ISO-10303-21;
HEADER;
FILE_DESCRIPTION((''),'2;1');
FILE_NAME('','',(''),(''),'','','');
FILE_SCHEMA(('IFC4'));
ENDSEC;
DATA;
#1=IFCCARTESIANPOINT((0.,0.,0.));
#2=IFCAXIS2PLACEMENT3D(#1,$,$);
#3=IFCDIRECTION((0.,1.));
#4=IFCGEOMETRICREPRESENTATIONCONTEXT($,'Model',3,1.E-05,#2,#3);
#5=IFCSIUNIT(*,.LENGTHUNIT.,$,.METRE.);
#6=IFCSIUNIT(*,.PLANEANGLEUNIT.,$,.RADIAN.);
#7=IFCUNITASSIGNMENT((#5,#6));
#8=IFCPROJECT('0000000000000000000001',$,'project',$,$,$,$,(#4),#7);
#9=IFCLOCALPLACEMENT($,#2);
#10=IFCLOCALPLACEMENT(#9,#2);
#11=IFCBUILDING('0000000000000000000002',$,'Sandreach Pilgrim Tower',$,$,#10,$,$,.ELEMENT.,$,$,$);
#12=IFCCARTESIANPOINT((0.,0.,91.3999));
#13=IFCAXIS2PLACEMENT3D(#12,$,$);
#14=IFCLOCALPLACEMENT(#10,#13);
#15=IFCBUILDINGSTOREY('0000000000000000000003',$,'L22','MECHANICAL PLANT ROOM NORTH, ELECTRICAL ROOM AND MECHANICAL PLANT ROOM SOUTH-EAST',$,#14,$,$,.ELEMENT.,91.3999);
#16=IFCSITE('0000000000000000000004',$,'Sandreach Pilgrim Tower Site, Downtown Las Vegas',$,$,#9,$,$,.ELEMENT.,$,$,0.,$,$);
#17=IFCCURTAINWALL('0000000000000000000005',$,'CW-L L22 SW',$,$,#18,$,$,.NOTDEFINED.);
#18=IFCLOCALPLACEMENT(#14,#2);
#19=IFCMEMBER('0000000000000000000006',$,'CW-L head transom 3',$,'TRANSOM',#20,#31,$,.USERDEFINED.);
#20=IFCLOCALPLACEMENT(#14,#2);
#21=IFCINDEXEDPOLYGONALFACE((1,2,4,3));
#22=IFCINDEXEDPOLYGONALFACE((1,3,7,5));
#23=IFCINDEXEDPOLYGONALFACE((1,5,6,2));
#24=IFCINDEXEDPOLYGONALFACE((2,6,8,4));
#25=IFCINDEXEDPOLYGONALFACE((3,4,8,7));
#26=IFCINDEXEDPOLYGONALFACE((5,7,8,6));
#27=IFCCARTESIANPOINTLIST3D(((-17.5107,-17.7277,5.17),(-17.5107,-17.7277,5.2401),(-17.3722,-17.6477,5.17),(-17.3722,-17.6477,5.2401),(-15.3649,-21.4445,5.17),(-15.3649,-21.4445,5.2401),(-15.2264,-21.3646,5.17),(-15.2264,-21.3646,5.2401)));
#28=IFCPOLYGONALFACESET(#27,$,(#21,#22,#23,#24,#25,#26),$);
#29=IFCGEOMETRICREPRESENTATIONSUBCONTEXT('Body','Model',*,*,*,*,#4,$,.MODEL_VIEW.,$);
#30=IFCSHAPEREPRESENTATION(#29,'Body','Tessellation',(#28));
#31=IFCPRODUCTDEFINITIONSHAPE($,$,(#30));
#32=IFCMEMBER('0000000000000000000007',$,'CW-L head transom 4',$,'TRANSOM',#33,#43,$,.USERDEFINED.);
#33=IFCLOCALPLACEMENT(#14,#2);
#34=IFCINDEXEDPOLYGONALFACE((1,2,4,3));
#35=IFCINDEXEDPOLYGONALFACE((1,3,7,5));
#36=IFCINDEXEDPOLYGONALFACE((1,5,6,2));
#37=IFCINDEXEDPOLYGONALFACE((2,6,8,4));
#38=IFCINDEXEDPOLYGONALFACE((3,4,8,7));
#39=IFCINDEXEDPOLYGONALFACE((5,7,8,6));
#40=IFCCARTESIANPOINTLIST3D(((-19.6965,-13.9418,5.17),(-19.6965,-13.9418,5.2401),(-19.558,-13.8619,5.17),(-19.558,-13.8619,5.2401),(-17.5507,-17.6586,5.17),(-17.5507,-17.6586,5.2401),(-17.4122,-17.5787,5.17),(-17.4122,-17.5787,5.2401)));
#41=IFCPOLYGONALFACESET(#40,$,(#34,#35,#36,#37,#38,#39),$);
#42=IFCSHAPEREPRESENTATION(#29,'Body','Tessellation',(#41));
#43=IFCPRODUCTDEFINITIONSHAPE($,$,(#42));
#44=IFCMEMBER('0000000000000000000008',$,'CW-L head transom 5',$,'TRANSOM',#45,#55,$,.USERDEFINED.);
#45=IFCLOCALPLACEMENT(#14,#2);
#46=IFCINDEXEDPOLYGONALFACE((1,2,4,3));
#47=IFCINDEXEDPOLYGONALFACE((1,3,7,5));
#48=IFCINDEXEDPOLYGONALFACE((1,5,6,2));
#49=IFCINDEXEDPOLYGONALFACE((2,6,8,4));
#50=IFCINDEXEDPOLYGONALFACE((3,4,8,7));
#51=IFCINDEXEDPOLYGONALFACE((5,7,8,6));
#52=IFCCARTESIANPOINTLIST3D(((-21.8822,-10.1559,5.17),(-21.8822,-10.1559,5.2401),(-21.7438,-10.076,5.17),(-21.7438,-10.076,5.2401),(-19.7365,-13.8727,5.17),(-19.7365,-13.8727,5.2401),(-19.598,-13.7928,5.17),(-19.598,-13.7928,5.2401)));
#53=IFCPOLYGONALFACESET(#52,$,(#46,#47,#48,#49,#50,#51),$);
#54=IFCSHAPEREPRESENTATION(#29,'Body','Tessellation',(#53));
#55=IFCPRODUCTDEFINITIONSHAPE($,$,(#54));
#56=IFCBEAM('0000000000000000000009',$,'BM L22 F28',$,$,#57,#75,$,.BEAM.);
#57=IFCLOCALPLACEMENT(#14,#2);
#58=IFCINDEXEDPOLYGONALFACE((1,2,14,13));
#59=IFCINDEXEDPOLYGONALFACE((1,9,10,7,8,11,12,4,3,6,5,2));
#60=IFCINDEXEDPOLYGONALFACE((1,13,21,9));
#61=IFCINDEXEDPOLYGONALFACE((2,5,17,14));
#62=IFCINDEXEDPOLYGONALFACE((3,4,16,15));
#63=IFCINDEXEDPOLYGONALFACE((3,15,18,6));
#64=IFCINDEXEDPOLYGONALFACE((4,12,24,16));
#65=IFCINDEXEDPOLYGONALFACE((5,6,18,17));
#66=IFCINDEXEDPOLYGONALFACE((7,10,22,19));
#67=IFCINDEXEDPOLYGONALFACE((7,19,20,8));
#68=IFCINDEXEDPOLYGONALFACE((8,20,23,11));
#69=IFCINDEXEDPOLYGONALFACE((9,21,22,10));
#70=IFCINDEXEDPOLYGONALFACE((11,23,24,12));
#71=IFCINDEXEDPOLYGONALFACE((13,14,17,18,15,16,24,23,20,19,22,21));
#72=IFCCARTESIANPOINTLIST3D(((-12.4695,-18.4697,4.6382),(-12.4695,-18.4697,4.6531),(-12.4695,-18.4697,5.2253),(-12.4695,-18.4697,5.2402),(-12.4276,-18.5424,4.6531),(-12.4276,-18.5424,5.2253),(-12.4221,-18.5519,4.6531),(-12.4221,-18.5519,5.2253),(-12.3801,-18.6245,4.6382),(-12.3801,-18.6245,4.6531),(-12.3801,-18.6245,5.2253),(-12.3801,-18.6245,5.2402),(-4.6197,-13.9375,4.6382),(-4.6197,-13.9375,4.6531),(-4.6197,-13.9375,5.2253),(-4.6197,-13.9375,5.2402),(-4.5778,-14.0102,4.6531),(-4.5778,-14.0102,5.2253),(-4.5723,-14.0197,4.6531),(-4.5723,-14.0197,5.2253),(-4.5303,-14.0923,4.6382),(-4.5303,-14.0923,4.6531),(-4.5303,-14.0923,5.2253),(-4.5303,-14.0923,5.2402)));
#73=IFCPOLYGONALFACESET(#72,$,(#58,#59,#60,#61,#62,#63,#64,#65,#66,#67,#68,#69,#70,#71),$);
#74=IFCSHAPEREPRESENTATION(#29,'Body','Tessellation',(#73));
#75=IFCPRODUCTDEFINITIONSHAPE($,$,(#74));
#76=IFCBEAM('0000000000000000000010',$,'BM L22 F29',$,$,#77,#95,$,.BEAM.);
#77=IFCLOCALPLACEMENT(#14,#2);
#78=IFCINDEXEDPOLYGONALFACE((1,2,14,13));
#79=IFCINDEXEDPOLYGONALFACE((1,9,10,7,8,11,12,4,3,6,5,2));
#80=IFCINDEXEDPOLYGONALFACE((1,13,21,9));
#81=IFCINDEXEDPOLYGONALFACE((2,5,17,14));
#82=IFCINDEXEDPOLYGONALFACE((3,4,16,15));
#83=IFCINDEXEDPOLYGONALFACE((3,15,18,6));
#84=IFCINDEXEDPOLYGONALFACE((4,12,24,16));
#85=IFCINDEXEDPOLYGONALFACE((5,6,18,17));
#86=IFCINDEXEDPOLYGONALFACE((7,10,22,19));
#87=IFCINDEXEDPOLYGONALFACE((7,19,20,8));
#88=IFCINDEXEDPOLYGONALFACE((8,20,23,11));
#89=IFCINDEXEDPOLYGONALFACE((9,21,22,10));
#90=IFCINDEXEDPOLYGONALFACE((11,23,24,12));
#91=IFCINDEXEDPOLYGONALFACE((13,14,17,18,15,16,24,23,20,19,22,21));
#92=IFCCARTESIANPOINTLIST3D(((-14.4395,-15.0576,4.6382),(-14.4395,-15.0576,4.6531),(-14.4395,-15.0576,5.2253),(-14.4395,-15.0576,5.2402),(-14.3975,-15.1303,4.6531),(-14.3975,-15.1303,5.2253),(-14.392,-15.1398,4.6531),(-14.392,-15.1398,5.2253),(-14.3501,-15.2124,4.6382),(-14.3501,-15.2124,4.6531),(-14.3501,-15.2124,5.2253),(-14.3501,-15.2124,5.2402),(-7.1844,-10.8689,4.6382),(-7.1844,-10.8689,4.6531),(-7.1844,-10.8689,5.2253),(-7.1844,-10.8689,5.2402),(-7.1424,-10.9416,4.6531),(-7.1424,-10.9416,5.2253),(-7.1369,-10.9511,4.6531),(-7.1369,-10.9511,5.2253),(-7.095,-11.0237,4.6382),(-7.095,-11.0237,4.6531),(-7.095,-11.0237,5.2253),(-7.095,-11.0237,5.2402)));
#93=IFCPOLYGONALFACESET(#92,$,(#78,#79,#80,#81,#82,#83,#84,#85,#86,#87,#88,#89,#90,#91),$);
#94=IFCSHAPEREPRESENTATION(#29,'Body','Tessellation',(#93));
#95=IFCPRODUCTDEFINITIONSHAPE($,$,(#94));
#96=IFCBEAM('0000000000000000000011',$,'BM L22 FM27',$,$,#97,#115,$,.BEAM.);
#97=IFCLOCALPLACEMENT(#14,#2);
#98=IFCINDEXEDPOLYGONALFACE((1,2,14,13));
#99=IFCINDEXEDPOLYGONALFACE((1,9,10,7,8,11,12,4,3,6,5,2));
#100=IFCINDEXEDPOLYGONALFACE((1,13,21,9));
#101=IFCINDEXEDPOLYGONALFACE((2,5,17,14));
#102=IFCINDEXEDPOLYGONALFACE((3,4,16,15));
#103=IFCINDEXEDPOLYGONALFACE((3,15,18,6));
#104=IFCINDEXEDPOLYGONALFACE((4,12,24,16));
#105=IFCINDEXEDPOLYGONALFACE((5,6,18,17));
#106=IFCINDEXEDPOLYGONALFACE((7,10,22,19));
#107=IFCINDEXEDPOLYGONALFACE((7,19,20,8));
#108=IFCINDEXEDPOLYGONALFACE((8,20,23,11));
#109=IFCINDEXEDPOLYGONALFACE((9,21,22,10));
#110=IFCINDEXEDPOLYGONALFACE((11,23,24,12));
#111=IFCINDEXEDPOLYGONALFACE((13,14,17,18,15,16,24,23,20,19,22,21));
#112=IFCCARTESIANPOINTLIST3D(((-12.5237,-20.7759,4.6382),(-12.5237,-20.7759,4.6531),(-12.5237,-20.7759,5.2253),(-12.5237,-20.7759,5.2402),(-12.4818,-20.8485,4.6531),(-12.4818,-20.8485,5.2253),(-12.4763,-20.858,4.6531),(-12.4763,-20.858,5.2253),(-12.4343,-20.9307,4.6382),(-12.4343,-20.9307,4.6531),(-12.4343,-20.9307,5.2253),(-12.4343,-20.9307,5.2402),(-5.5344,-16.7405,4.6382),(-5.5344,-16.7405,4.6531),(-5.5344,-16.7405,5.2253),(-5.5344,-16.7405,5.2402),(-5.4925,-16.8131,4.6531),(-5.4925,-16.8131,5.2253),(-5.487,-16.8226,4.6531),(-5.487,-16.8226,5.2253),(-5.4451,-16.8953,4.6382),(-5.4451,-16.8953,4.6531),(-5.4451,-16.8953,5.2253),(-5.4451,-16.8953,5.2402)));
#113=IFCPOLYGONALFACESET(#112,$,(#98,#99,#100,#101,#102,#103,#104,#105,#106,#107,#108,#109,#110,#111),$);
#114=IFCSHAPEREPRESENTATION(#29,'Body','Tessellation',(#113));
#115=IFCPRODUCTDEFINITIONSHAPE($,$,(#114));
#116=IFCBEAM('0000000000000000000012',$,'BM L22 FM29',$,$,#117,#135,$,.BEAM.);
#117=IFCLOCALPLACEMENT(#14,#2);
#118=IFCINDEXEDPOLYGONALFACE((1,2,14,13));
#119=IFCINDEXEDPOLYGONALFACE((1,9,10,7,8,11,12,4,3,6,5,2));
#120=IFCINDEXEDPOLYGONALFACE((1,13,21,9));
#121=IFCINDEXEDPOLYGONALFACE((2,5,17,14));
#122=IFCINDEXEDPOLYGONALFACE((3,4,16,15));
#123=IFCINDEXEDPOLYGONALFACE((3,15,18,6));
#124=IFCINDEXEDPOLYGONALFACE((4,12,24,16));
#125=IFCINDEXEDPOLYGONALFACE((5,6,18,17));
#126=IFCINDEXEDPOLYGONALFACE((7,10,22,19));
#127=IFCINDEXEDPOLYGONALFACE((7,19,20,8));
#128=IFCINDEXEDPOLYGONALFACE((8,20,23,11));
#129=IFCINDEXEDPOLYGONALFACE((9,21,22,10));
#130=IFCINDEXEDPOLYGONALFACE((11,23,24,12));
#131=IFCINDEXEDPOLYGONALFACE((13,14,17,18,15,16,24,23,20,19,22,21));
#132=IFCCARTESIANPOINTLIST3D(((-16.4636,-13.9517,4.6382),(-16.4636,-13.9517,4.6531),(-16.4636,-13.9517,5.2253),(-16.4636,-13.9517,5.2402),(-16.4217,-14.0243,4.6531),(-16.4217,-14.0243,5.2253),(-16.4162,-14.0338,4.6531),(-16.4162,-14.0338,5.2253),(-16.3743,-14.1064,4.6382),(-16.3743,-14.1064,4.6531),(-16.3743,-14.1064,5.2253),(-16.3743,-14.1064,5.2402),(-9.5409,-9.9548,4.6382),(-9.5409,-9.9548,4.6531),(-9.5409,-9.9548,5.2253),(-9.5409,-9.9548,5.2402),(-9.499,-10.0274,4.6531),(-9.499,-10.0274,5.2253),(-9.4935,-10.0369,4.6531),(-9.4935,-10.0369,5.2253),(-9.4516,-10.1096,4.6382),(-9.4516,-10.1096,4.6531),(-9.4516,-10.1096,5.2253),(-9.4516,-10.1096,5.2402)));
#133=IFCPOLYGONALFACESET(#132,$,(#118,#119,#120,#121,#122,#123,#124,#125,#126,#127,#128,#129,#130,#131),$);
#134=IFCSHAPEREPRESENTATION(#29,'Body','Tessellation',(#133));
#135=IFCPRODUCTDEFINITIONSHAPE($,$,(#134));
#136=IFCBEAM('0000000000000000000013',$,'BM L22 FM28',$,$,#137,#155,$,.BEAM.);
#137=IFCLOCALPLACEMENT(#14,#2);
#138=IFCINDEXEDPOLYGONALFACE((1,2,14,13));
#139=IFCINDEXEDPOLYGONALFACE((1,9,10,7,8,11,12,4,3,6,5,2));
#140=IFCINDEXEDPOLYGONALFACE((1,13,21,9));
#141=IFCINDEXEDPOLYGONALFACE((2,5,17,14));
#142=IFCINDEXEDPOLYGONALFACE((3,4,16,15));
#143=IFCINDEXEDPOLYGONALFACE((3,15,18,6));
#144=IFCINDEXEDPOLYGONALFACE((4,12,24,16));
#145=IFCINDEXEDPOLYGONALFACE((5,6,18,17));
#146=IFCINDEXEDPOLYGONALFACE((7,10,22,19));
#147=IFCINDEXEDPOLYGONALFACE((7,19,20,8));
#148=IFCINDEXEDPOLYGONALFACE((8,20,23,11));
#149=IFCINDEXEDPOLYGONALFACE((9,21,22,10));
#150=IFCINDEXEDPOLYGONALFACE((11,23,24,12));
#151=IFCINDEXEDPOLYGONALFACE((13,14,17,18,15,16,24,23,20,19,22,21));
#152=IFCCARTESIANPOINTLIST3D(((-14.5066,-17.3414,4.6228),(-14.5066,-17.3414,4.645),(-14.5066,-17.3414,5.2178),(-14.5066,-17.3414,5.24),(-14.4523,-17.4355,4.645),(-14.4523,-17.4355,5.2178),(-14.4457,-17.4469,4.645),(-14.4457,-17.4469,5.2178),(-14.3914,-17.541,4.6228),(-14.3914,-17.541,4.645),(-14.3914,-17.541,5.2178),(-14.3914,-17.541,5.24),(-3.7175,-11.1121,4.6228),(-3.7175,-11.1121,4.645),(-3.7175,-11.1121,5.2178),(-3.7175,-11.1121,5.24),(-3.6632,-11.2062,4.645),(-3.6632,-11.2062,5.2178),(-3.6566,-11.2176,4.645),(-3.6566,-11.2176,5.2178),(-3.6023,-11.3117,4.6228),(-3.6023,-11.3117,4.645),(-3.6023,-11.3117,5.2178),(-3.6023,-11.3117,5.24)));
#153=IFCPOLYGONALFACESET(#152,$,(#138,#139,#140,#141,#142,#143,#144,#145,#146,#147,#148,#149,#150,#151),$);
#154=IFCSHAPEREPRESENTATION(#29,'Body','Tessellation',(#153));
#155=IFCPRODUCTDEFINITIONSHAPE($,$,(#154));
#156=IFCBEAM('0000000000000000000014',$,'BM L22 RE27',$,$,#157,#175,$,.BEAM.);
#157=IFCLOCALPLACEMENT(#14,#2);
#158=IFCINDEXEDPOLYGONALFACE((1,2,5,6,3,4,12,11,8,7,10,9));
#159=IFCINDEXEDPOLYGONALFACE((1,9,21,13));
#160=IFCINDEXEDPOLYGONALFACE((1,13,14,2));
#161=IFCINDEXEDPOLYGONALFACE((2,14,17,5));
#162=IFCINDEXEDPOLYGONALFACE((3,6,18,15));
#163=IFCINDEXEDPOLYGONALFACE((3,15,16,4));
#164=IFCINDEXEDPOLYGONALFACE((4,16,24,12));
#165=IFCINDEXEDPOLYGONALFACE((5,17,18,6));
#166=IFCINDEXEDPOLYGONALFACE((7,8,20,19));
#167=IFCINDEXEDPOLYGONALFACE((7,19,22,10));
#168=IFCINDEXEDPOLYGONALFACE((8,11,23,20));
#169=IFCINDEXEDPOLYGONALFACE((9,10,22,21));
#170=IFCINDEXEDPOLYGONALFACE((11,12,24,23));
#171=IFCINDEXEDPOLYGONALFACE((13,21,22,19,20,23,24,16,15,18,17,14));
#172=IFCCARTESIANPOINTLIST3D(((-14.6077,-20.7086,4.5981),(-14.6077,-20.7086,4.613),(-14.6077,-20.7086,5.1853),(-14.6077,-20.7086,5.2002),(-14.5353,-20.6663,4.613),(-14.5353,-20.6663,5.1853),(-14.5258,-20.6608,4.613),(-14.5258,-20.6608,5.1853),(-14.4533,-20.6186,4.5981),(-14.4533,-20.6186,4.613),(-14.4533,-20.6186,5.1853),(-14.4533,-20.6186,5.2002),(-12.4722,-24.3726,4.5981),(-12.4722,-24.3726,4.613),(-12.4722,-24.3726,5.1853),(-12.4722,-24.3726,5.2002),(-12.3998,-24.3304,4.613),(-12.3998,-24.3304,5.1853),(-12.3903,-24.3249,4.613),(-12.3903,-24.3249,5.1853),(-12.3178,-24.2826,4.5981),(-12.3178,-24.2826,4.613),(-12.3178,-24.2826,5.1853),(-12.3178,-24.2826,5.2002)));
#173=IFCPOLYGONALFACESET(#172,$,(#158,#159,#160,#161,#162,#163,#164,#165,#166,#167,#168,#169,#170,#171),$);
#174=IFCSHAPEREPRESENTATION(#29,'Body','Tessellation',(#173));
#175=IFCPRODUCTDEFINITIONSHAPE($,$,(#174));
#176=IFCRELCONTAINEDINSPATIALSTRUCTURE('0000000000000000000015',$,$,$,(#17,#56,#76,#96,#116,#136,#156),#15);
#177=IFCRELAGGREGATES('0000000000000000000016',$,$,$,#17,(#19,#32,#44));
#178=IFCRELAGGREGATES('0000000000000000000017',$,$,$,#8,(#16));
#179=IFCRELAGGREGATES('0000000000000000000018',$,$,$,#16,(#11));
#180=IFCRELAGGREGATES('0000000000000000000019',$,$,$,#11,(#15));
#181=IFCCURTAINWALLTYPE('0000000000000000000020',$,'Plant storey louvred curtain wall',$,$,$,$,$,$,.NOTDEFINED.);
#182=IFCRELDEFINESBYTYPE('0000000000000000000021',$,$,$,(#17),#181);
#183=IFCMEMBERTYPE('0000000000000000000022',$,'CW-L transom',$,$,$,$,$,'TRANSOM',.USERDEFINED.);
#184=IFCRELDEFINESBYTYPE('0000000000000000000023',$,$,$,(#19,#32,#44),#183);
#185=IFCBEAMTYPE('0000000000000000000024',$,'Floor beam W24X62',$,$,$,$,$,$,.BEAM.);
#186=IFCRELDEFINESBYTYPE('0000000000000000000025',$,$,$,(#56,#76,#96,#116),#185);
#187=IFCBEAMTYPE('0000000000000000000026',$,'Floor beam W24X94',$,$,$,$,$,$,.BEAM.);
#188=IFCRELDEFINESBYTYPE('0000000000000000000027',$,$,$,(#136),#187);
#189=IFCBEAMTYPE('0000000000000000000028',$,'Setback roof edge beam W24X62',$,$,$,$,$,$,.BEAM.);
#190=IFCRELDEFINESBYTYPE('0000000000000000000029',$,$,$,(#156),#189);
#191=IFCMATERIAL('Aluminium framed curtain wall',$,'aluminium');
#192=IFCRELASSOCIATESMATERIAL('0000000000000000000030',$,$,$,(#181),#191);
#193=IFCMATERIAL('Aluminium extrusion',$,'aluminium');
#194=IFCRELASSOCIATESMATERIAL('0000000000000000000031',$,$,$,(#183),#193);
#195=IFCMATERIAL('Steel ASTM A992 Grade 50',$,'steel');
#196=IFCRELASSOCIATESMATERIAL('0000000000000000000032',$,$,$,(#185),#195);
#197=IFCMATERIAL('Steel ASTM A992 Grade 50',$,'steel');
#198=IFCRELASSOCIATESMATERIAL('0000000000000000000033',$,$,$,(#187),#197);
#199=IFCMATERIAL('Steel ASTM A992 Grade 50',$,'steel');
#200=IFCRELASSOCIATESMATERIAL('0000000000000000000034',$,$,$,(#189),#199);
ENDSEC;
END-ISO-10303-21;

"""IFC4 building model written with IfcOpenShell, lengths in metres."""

from ifc_helpers import new_model, si_unit, direction, frame, origin, origin_2d, place, context, subcontext, project, spatial, rectangle, i_section, extrude, material, material_profile, profile_set, type_object, element, aggregate, save


model = new_model("IFC4")

# Units and contexts
model_context = context("Model", 3, precision=1e-05, world=origin(), true_north=direction((0.0, 1.0)))
body_context = subcontext(model_context, "Body", "Model", "MODEL_VIEW")
ifc_project = project(units=[si_unit("LENGTHUNIT", "METRE"), si_unit("PLANEANGLEUNIT", "RADIAN")], contexts=[model_context])

# Site, building, storey
site_placement = place(None, origin())
site = spatial("IfcSite", under=ifc_project, at=site_placement, Name="Sandreach Pilgrim Tower Site, Downtown Las Vegas", CompositionType="ELEMENT", RefElevation=0.0)
building_placement = place(site_placement, origin())
building = spatial("IfcBuilding", under=site, at=building_placement, Name="Sandreach Pilgrim Tower", CompositionType="ELEMENT")
storey_placement = place(building_placement, frame((0.0, 0.0, 91.3999)))
storey = spatial("IfcBuildingStorey", under=building, at=storey_placement, Name="L22", Description="MECHANICAL PLANT ROOM NORTH, ELECTRICAL ROOM AND MECHANICAL PLANT ROOM SOUTH-EAST", CompositionType="ELEMENT", Elevation=91.3999)

# Curtain wall, members
ifc_material_1 = material(Name="Aluminium framed curtain wall", Category="aluminium")
curtain_wall_type = type_object("IfcCurtainWallType", Name="Plant storey louvred curtain wall", PredefinedType="NOTDEFINED", material=ifc_material_1)
curtain_wall_placement = place(storey_placement, origin())
curtain_wall = element("IfcCurtainWall", 1, at=curtain_wall_placement, inside=storey, type_object=curtain_wall_type, Name="CW-L L22 SW", PredefinedType="NOTDEFINED")
ifc_material_2 = material(Name="Aluminium extrusion", Category="aluminium")
ifc_material_profile_1 = material_profile(ifc_material_2, rectangle(XDim=0.1599, YDim=0.0701, at=origin_2d()), Name="CW-LT 160X70")
ifc_profile_set_1 = profile_set([ifc_material_profile_1], Name="Aluminium extrusion")
member_type_1 = type_object("IfcMemberType", Name="CW-L transom", ElementType="TRANSOM", PredefinedType="USERDEFINED", material=ifc_profile_set_1)
member_1_placement = place(storey_placement, frame((-15.2957, -21.4045, 5.2051), z_axis=(-0.499975, 0.86604, 0.0), x_axis=(-0.86604, -0.499975, 0.0)))
member_1 = element("IfcMember", 2, at=member_1_placement, type_object=member_type_1, Name="CW-L head transom 3", ObjectType="TRANSOM", PredefinedType="USERDEFINED", context=body_context, shape_type="SweptSolid", body=[
    extrude(rectangle(XDim=0.1599, YDim=0.0701, at=origin_2d()), origin(), (0.0, 0.0, 1.0), 4.2917),
])
member_2_placement = place(storey_placement, frame((-17.4814, -17.6187, 5.2051), z_axis=(-0.499975, 0.86604, 0.0), x_axis=(-0.86604, -0.499975, 0.0)))
member_2 = element("IfcMember", 3, at=member_2_placement, type_object=member_type_1, Name="CW-L head transom 4", ObjectType="TRANSOM", PredefinedType="USERDEFINED", context=body_context, shape_type="SweptSolid", body=[
    extrude(rectangle(XDim=0.1599, YDim=0.0701, at=origin_2d()), origin(), (0.0, 0.0, 1.0), 4.2917),
])
member_3_placement = place(storey_placement, frame((-19.6672, -13.8328, 5.2051), z_axis=(-0.499975, 0.86604, 0.0), x_axis=(-0.86604, -0.499975, 0.0)))
member_3 = element("IfcMember", 4, at=member_3_placement, type_object=member_type_1, Name="CW-L head transom 5", ObjectType="TRANSOM", PredefinedType="USERDEFINED", context=body_context, shape_type="SweptSolid", body=[
    extrude(rectangle(XDim=0.1599, YDim=0.0701, at=origin_2d()), origin(), (0.0, 0.0, 1.0), 4.2917),
])

# Beams
ifc_material_3 = material(Name="Steel ASTM A992 Grade 50", Category="steel")
ifc_material_profile_2 = material_profile(ifc_material_3, i_section(OverallWidth=0.1787, OverallDepth=0.6021, WebThickness=0.011, FlangeThickness=0.0149, at=origin_2d()), Name="W24X62")
ifc_profile_set_2 = profile_set([ifc_material_profile_2], Name="Steel ASTM A992 Grade 50")
beam_type_1 = type_object("IfcBeamType", Name="Floor beam W24X62", PredefinedType="BEAM", material=ifc_profile_set_2)
beam_1_placement = place(storey_placement, frame((-12.4248, -18.5471, 4.9392), z_axis=(0.86602, 0.500009, 0.0), x_axis=(-0.500009, 0.86602, 0.0)))
element("IfcBeam", 5, at=beam_1_placement, inside=storey, type_object=beam_type_1, Name="BM L22 F28", PredefinedType="BEAM", context=body_context, shape_type="SweptSolid", body=[
    extrude(i_section(OverallWidth=0.1787, OverallDepth=0.6021, WebThickness=0.011, FlangeThickness=0.0149, at=origin_2d()), origin(), (0.0, 0.0, 1.0), 9.0642),
])
beam_2_placement = place(storey_placement, frame((-14.3948, -15.135, 4.9392), z_axis=(0.866027, 0.499997, 0.0), x_axis=(-0.499997, 0.866027, 0.0)))
element("IfcBeam", 6, at=beam_2_placement, inside=storey, type_object=beam_type_1, Name="BM L22 F29", PredefinedType="BEAM", context=body_context, shape_type="SweptSolid", body=[
    extrude(i_section(OverallWidth=0.1787, OverallDepth=0.6021, WebThickness=0.011, FlangeThickness=0.0149, at=origin_2d()), origin(), (0.0, 0.0, 1.0), 8.3774),
])
beam_3_placement = place(storey_placement, frame((-12.479, -20.8533, 4.9392), z_axis=(0.866017, 0.500014, 0.0), x_axis=(-0.500014, 0.866017, 0.0)))
element("IfcBeam", 7, at=beam_3_placement, inside=storey, type_object=beam_type_1, Name="BM L22 FM27", PredefinedType="BEAM", context=body_context, shape_type="SweptSolid", body=[
    extrude(i_section(OverallWidth=0.1787, OverallDepth=0.6021, WebThickness=0.011, FlangeThickness=0.0149, at=origin_2d()), origin(), (0.0, 0.0, 1.0), 8.0706),
])
beam_4_placement = place(storey_placement, frame((-16.4189, -14.0291, 4.9392), z_axis=(0.866022, 0.500005, 0.0), x_axis=(-0.500005, 0.866022, 0.0)))
element("IfcBeam", 8, at=beam_4_placement, inside=storey, type_object=beam_type_1, Name="BM L22 FM29", PredefinedType="BEAM", context=body_context, shape_type="SweptSolid", body=[
    extrude(i_section(OverallWidth=0.1787, OverallDepth=0.6021, WebThickness=0.011, FlangeThickness=0.0149, at=origin_2d()), origin(), (0.0, 0.0, 1.0), 7.9937),
])
ifc_material_4 = material(Name="Steel ASTM A992 Grade 50", Category="steel")
ifc_material_profile_3 = material_profile(ifc_material_4, i_section(OverallWidth=0.2305, OverallDepth=0.6172, WebThickness=0.0132, FlangeThickness=0.0222, at=origin_2d()), Name="W24X94")
ifc_profile_set_3 = profile_set([ifc_material_profile_3], Name="Steel ASTM A992 Grade 50")
beam_type_2 = type_object("IfcBeamType", Name="Floor beam W24X94", PredefinedType="BEAM", material=ifc_profile_set_3)
beam_5_placement = place(storey_placement, frame((-14.449, -17.4412, 4.9314), z_axis=(0.866019, 0.500011, 0.0), x_axis=(-0.500011, 0.866019, 0.0)))
element("IfcBeam", 9, at=beam_5_placement, inside=storey, type_object=beam_type_2, Name="BM L22 FM28", PredefinedType="BEAM", context=body_context, shape_type="SweptSolid", body=[
    extrude(i_section(OverallWidth=0.2305, OverallDepth=0.6172, WebThickness=0.0132, FlangeThickness=0.0222, at=origin_2d()), origin(), (0.0, 0.0, 1.0), 12.4583),
])
ifc_material_5 = material(Name="Steel ASTM A992 Grade 50", Category="steel")
ifc_material_profile_4 = material_profile(ifc_material_5, i_section(OverallWidth=0.1787, OverallDepth=0.6021, WebThickness=0.011, FlangeThickness=0.0149, at=origin_2d()), Name="W24X62")
ifc_profile_set_4 = profile_set([ifc_material_profile_4], Name="Steel ASTM A992 Grade 50")
beam_type_3 = type_object("IfcBeamType", Name="Setback roof edge beam W24X62", PredefinedType="BEAM", material=ifc_profile_set_4)
beam_6_placement = place(storey_placement, frame((-12.395, -24.3276, 4.8992), z_axis=(-0.503542, 0.863971, 0.0), x_axis=(-0.863971, -0.503542, 0.0)))
element("IfcBeam", 10, at=beam_6_placement, inside=storey, type_object=beam_type_3, Name="BM L22 RE27", PredefinedType="BEAM", context=body_context, shape_type="SweptSolid", body=[
    extrude(i_section(OverallWidth=0.1787, OverallDepth=0.6021, WebThickness=0.011, FlangeThickness=0.0149, at=origin_2d()), origin(), (0.0, 0.0, 1.0), 4.241),
])

aggregate(curtain_wall, [member_1, member_2, member_3])

save(model, "model.ifc")
